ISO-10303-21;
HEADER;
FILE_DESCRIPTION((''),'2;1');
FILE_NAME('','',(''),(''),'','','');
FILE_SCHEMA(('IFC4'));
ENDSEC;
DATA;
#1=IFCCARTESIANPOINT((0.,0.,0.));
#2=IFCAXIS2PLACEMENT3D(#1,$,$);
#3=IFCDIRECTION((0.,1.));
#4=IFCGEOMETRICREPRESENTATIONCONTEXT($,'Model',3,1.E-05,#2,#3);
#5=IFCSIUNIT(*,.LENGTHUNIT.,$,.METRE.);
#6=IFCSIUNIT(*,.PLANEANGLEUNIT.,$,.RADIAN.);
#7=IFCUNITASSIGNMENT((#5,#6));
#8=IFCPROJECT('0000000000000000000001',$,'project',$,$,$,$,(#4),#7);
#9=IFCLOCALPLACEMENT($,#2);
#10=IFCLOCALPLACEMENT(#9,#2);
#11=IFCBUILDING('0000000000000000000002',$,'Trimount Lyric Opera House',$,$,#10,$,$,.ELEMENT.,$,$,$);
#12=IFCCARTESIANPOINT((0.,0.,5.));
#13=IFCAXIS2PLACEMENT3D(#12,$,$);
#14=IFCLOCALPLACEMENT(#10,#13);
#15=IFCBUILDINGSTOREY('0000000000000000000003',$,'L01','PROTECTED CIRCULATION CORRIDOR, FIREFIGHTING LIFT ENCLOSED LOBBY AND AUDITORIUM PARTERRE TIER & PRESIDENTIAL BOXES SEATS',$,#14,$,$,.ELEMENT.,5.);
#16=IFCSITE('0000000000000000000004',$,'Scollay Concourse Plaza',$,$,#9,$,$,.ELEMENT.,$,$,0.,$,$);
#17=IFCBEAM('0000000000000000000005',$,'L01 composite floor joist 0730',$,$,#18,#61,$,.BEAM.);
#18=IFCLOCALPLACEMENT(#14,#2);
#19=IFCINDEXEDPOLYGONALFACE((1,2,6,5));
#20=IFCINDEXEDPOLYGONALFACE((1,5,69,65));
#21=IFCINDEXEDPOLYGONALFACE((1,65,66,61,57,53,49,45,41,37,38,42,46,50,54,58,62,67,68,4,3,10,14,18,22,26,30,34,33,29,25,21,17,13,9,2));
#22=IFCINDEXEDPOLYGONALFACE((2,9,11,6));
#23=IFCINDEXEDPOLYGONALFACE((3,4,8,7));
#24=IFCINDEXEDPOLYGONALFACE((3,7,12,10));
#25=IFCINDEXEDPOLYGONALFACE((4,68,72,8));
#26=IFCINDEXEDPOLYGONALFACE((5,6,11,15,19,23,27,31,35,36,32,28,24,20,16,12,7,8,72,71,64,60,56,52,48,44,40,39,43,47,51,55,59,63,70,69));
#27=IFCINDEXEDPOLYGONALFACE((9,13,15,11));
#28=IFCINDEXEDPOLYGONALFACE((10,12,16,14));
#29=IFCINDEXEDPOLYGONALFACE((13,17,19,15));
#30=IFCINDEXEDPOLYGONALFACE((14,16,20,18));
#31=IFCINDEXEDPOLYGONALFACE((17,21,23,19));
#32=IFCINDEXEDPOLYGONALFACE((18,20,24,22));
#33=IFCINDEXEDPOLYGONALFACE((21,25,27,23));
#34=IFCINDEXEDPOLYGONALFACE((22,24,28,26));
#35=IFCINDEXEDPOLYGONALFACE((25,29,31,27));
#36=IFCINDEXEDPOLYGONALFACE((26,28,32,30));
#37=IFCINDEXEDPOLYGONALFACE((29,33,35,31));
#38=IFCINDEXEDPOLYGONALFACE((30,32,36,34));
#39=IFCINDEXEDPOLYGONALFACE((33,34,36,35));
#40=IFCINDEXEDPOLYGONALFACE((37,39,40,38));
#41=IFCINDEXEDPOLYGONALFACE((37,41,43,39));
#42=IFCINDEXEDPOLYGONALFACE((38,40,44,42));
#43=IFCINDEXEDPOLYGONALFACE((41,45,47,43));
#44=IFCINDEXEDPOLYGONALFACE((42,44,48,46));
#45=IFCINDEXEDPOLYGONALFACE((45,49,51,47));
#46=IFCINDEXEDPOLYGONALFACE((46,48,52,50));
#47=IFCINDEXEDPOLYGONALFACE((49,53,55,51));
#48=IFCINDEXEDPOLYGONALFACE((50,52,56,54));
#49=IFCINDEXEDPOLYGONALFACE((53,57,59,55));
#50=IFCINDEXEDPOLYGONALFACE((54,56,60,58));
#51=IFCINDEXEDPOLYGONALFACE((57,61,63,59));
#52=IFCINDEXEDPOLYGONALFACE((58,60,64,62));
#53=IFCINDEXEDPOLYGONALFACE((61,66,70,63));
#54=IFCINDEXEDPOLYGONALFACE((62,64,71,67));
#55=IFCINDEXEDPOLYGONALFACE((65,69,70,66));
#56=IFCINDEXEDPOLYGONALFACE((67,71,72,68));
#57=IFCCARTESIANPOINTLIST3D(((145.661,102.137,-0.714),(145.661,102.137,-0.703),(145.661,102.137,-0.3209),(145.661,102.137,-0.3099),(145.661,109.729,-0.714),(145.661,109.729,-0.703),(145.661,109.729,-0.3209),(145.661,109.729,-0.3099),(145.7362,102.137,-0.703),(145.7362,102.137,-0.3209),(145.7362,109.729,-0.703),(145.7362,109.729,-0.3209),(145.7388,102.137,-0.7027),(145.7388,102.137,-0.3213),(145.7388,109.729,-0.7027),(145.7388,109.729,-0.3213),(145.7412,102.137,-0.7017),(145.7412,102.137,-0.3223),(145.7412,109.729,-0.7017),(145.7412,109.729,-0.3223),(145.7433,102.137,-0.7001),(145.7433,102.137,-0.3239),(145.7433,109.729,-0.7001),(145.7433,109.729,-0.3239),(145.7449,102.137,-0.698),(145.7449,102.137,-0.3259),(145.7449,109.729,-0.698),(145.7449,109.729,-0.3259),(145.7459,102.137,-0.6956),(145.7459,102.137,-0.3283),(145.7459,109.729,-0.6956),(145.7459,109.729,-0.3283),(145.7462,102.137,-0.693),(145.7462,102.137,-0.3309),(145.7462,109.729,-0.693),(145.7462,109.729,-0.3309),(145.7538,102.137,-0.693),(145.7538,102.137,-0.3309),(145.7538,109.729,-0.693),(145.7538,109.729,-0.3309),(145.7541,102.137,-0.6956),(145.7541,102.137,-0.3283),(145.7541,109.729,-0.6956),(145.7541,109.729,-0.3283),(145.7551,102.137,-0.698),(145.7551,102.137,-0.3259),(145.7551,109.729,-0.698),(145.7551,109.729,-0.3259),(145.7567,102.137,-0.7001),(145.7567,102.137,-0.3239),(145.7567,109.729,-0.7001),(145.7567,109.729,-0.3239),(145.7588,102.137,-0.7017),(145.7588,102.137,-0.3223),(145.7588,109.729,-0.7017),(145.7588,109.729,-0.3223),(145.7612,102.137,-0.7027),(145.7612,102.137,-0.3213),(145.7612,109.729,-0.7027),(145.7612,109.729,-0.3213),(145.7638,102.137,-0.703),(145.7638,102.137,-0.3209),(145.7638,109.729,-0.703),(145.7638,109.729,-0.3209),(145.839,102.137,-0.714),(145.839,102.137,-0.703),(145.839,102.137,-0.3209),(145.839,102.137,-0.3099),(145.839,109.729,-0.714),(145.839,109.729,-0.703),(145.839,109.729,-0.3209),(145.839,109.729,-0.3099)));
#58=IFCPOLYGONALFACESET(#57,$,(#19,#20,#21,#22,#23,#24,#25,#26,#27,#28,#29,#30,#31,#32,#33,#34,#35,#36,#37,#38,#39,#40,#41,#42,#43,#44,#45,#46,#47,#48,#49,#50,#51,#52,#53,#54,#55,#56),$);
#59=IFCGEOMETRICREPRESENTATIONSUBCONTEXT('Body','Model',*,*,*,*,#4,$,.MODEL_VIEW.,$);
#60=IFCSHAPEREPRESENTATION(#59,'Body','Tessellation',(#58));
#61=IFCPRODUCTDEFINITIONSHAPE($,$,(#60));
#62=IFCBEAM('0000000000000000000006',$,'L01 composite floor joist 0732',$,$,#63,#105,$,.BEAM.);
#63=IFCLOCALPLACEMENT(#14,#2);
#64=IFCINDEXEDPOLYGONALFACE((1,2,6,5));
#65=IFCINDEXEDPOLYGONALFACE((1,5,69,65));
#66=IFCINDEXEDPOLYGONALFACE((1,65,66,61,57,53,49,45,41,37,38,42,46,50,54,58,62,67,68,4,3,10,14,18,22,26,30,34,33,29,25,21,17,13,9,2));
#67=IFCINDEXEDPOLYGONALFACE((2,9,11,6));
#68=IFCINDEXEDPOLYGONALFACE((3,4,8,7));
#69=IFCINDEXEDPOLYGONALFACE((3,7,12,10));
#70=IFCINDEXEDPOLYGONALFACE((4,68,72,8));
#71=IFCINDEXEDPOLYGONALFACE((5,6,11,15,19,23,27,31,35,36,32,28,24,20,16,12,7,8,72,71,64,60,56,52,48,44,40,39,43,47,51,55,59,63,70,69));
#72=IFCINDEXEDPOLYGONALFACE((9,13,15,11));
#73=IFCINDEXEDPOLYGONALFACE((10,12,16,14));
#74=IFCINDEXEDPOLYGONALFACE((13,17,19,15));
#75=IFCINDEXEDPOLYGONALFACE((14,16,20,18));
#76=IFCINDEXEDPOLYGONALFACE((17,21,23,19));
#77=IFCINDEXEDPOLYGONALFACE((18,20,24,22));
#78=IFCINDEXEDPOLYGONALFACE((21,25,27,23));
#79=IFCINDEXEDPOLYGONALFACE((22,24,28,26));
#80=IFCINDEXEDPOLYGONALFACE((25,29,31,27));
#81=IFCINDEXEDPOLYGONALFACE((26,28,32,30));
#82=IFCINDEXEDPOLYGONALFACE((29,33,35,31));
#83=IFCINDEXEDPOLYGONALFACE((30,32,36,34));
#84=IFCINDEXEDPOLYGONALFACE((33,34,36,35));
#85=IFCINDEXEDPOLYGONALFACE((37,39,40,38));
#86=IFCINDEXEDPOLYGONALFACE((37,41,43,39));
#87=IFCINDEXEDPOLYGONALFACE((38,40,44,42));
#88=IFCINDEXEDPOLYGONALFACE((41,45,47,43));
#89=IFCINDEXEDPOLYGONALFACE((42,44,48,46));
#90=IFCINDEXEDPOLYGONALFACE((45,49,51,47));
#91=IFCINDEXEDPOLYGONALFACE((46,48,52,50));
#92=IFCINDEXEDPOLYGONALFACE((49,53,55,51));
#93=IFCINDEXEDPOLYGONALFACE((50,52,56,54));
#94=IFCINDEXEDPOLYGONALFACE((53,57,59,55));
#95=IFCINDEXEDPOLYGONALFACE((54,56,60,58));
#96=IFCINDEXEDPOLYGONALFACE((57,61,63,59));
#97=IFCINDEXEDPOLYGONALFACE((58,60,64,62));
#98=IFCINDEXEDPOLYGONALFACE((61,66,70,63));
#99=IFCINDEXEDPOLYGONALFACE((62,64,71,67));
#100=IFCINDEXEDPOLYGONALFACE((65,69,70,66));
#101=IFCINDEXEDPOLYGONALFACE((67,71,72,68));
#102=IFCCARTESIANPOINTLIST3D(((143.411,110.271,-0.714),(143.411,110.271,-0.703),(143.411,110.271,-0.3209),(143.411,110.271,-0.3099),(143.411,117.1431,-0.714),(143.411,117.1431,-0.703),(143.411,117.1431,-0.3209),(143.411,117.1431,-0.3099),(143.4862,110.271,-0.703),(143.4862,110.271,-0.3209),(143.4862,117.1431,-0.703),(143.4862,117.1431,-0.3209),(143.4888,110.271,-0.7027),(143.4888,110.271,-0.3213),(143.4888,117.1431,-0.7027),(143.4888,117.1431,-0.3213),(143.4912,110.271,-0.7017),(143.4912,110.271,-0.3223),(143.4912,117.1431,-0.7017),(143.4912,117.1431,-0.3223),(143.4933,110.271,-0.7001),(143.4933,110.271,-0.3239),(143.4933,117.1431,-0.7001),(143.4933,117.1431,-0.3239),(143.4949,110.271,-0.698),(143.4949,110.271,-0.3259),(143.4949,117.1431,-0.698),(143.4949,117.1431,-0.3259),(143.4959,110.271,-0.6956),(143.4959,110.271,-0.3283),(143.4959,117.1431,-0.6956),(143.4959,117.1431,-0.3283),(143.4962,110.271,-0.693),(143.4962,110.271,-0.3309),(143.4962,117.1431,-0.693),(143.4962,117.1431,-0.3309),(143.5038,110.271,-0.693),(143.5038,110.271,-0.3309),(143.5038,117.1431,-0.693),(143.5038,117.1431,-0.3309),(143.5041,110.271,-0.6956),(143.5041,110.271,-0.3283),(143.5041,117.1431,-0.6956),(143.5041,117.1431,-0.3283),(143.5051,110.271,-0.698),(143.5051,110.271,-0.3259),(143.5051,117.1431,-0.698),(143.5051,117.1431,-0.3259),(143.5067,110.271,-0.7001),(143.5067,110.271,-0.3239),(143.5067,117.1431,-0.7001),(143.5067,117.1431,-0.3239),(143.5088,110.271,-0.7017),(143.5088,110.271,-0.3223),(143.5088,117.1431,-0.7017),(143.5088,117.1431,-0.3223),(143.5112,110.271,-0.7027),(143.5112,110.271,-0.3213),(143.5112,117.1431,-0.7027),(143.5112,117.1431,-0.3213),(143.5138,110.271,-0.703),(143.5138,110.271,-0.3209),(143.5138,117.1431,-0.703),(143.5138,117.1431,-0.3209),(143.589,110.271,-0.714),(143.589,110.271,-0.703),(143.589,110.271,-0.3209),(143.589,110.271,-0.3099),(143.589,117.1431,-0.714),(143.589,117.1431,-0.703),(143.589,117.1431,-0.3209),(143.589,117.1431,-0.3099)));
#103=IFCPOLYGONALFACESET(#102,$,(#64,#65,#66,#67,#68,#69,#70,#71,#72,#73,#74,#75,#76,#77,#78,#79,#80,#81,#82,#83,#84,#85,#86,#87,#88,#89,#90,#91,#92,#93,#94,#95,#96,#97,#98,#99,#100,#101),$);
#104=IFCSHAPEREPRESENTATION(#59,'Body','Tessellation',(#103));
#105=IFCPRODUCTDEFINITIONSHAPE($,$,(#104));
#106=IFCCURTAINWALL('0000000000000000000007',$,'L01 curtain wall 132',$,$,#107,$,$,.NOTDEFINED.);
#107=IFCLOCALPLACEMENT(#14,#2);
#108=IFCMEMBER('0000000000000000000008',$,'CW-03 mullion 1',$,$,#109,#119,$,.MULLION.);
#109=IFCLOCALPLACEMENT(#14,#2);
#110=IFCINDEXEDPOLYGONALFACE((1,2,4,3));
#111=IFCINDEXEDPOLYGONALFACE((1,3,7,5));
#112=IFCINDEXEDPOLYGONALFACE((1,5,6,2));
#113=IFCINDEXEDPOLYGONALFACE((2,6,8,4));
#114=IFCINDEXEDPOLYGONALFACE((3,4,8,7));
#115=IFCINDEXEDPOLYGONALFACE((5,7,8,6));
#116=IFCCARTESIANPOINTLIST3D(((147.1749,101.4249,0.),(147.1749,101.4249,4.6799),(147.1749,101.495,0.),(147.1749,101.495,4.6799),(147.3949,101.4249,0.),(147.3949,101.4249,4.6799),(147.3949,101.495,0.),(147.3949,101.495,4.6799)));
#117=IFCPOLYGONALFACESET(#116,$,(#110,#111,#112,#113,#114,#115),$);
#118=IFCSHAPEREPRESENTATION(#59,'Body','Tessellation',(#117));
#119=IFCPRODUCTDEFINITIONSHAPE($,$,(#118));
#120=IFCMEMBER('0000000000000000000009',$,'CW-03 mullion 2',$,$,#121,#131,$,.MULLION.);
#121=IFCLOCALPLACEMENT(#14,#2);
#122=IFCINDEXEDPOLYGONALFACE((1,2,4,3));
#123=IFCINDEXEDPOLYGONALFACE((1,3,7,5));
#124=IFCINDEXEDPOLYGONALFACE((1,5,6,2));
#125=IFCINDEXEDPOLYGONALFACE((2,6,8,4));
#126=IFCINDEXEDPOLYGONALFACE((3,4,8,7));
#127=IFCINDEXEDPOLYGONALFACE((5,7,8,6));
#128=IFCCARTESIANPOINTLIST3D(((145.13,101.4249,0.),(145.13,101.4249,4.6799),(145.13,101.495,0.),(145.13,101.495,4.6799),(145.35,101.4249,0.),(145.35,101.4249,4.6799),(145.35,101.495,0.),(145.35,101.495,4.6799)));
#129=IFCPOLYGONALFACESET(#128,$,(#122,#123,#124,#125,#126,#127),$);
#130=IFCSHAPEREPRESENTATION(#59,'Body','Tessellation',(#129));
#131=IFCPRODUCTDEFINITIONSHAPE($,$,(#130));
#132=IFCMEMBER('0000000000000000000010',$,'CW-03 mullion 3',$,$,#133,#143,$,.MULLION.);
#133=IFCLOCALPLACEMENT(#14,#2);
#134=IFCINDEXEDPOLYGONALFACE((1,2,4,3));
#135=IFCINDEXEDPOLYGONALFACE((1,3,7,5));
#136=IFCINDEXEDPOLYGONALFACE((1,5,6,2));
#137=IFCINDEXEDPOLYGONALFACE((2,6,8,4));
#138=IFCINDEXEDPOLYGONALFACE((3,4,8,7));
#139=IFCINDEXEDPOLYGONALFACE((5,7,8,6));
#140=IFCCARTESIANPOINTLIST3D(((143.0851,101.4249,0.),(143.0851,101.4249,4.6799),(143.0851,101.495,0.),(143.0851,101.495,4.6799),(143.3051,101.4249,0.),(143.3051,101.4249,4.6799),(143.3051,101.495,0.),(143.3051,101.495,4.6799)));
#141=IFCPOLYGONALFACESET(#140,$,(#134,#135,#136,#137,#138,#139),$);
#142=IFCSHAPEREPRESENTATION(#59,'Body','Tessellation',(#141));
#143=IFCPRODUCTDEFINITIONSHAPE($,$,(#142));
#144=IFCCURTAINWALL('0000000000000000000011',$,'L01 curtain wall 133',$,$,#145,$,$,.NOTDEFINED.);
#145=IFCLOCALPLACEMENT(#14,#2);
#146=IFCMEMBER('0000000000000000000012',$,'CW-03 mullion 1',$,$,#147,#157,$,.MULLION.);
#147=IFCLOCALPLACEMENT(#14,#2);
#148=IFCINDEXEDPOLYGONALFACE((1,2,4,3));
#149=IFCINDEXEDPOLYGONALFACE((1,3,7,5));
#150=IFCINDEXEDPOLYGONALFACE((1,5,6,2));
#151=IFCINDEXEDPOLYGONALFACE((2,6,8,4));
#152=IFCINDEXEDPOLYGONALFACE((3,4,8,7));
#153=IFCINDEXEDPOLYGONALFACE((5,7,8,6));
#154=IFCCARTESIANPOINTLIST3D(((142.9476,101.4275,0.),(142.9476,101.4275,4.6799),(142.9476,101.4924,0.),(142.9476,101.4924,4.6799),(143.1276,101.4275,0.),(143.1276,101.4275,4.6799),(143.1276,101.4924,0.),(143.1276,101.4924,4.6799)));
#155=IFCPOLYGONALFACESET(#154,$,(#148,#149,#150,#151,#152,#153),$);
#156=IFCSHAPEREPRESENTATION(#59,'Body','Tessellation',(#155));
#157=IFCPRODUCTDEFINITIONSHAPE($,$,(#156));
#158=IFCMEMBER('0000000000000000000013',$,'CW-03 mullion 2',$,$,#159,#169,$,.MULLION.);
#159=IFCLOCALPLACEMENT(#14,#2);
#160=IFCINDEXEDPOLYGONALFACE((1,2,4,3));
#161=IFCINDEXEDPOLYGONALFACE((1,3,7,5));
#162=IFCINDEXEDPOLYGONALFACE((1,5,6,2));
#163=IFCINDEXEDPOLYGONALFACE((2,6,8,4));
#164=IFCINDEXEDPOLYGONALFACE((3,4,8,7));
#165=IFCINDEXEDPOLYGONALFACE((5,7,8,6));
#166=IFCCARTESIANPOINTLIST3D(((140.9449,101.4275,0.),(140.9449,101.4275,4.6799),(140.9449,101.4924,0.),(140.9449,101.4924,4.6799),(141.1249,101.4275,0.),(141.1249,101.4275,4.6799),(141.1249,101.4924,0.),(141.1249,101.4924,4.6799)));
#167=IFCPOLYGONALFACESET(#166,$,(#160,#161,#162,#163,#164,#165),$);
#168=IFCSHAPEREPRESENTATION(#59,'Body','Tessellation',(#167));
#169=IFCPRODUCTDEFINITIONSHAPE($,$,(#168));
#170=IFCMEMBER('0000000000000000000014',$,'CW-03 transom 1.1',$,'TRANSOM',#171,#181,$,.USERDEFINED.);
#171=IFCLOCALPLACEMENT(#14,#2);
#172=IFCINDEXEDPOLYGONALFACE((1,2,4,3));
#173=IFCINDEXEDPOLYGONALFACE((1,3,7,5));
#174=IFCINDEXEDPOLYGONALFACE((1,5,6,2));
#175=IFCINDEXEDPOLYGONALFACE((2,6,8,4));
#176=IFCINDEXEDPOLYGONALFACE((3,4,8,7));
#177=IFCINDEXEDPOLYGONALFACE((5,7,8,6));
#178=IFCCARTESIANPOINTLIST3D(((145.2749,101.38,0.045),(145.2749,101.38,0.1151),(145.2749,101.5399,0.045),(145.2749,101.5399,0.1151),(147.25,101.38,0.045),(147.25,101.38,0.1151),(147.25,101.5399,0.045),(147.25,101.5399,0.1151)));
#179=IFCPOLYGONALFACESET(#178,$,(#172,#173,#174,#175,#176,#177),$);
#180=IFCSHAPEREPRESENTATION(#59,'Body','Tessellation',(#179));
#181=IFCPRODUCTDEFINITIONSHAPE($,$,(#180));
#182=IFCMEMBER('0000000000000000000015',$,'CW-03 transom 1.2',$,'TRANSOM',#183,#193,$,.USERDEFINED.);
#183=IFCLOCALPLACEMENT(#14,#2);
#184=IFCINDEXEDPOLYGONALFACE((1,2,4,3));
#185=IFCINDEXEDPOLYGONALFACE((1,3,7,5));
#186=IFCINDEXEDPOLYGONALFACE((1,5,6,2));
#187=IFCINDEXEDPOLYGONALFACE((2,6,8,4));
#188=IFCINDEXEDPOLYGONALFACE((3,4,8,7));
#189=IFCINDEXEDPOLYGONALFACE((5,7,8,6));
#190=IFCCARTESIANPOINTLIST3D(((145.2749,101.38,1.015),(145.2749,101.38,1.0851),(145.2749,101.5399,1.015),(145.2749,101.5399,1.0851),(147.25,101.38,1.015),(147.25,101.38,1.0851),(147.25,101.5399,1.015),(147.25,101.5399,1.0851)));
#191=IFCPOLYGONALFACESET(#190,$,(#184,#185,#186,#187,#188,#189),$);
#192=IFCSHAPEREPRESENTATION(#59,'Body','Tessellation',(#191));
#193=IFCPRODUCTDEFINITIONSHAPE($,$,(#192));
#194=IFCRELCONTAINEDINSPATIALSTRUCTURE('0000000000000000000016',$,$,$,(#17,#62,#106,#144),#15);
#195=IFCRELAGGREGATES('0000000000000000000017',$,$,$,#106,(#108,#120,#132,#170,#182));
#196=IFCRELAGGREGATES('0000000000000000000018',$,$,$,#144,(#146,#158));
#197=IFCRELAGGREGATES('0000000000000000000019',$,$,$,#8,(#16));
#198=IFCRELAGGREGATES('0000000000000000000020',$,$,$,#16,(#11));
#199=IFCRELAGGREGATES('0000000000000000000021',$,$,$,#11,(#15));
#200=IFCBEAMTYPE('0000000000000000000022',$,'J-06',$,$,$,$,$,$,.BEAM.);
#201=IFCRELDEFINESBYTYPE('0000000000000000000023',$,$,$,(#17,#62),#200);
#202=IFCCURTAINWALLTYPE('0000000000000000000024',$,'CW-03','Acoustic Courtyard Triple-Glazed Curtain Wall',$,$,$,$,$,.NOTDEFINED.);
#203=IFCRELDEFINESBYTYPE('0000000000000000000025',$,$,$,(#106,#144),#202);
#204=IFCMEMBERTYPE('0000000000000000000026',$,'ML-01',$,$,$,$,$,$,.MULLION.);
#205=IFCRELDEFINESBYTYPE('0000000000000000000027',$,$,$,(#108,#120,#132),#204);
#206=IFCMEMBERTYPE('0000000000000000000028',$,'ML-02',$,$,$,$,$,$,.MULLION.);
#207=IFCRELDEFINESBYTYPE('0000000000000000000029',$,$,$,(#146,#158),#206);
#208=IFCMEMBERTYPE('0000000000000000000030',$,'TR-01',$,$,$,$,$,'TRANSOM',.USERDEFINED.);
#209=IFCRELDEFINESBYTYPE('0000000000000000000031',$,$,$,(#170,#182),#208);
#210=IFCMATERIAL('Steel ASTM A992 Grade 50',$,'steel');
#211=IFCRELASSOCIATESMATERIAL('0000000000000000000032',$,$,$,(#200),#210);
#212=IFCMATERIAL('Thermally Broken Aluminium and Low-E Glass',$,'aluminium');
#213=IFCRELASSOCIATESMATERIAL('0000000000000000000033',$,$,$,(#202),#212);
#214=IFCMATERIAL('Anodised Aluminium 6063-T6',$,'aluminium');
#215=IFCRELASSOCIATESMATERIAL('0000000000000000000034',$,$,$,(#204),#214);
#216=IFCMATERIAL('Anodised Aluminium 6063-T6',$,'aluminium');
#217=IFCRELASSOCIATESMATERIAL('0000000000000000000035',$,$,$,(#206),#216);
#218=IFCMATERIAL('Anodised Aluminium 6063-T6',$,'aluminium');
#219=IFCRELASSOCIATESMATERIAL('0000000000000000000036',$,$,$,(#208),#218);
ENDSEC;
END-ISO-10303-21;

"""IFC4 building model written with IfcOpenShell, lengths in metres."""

from ifc_helpers import new_model, si_unit, direction, frame, origin, origin_2d, place, context, subcontext, project, spatial, rectangle, i_section, extrude, material, material_profile, profile_set, type_object, element, aggregate, save


model = new_model("IFC4")

# Units and contexts
model_context = context("Model", 3, precision=1e-05, world=origin(), true_north=direction((0.0, 1.0)))
body_context = subcontext(model_context, "Body", "Model", "MODEL_VIEW")
ifc_project = project(units=[si_unit("LENGTHUNIT", "METRE"), si_unit("PLANEANGLEUNIT", "RADIAN")], contexts=[model_context])

# Site, building, storey
site_placement = place(None, origin())
site = spatial("IfcSite", under=ifc_project, at=site_placement, Name="Scollay Concourse Plaza", CompositionType="ELEMENT", RefElevation=0.0)
building_placement = place(site_placement, origin())
building = spatial("IfcBuilding", under=site, at=building_placement, Name="Trimount Lyric Opera House", CompositionType="ELEMENT")
storey_placement = place(building_placement, frame((0.0, 0.0, 5.0)))
storey = spatial("IfcBuildingStorey", under=building, at=storey_placement, Name="L01", Description="PROTECTED CIRCULATION CORRIDOR, FIREFIGHTING LIFT ENCLOSED LOBBY AND AUDITORIUM PARTERRE TIER & PRESIDENTIAL BOXES SEATS", CompositionType="ELEMENT", Elevation=5.0)

# Beams
ifc_material_1 = material(Name="Steel ASTM A992 Grade 50", Category="steel")
ifc_material_profile_1 = material_profile(ifc_material_1, i_section(OverallWidth=0.178, OverallDepth=0.4041, WebThickness=0.0076, FlangeThickness=0.011, FilletRadius=0.01, at=origin_2d()), Name="W16X36")
ifc_profile_set_1 = profile_set([ifc_material_profile_1], Name="Steel ASTM A992 Grade 50")
beam_type_1 = type_object("IfcBeamType", Name="J-06", PredefinedType="BEAM", material=ifc_profile_set_1)
beam_1_placement = place(storey_placement, frame((145.75, 102.137, -0.512), z_axis=(0.0, 1.0, 0.0), x_axis=(-1.0, 0.0, 0.0)))
element("IfcBeam", 1, at=beam_1_placement, inside=storey, type_object=beam_type_1, Name="L01 composite floor joist 0730", PredefinedType="BEAM", context=body_context, shape_type="SweptSolid", body=[
    extrude(i_section(OverallWidth=0.178, OverallDepth=0.4041, WebThickness=0.0076, FlangeThickness=0.011, FilletRadius=0.01, at=origin_2d()), origin(), (0.0, 0.0, 1.0), 7.592),
])
beam_2_placement = place(storey_placement, frame((143.5, 110.271, -0.512), z_axis=(0.0, 1.0, 0.0), x_axis=(-1.0, 0.0, 0.0)))
element("IfcBeam", 2, at=beam_2_placement, inside=storey, type_object=beam_type_1, Name="L01 composite floor joist 0732", PredefinedType="BEAM", context=body_context, shape_type="SweptSolid", body=[
    extrude(i_section(OverallWidth=0.178, OverallDepth=0.4041, WebThickness=0.0076, FlangeThickness=0.011, FilletRadius=0.01, at=origin_2d()), origin(), (0.0, 0.0, 1.0), 6.8721),
])

# Curtain walls, members
ifc_material_2 = material(Name="Thermally Broken Aluminium and Low-E Glass", Category="aluminium")
curtain_wall_type = type_object("IfcCurtainWallType", Name="CW-03", Description="Acoustic Courtyard Triple-Glazed Curtain Wall", PredefinedType="NOTDEFINED", material=ifc_material_2)
curtain_wall_1_placement = place(storey_placement, origin())
curtain_wall_1 = element("IfcCurtainWall", 3, at=curtain_wall_1_placement, inside=storey, type_object=curtain_wall_type, Name="L01 curtain wall 132", PredefinedType="NOTDEFINED")
ifc_material_3 = material(Name="Anodised Aluminium 6063-T6", Category="aluminium")
ifc_material_profile_2 = material_profile(ifc_material_3, rectangle(XDim=0.0701, YDim=0.22, at=origin_2d()), Name="ALU-MULL-70X220")
ifc_profile_set_2 = profile_set([ifc_material_profile_2], Name="Anodised Aluminium 6063-T6")
member_type_1 = type_object("IfcMemberType", Name="ML-01", PredefinedType="MULLION", material=ifc_profile_set_2)
member_1_placement = place(storey_placement, frame((147.2849, 101.46, 0.0), z_axis=(0.0, 0.0, 1.0), x_axis=(0.0, -1.0, 0.0)))
member_1 = element("IfcMember", 4, at=member_1_placement, type_object=member_type_1, Name="CW-03 mullion 1", PredefinedType="MULLION", context=body_context, shape_type="SweptSolid", body=[
    extrude(rectangle(XDim=0.0701, YDim=0.22, at=origin_2d()), origin(), (0.0, 0.0, 1.0), 4.6799),
])
member_2_placement = place(storey_placement, frame((145.24, 101.46, 0.0), z_axis=(0.0, 0.0, 1.0), x_axis=(0.0, -1.0, 0.0)))
member_2 = element("IfcMember", 5, at=member_2_placement, type_object=member_type_1, Name="CW-03 mullion 2", PredefinedType="MULLION", context=body_context, shape_type="SweptSolid", body=[
    extrude(rectangle(XDim=0.0701, YDim=0.22, at=origin_2d()), origin(), (0.0, 0.0, 1.0), 4.6799),
])
member_3_placement = place(storey_placement, frame((143.1951, 101.46, 0.0), z_axis=(0.0, 0.0, 1.0), x_axis=(0.0, -1.0, 0.0)))
member_3 = element("IfcMember", 6, at=member_3_placement, type_object=member_type_1, Name="CW-03 mullion 3", PredefinedType="MULLION", context=body_context, shape_type="SweptSolid", body=[
    extrude(rectangle(XDim=0.0701, YDim=0.22, at=origin_2d()), origin(), (0.0, 0.0, 1.0), 4.6799),
])
curtain_wall_2_placement = place(storey_placement, origin())
curtain_wall_2 = element("IfcCurtainWall", 7, at=curtain_wall_2_placement, inside=storey, type_object=curtain_wall_type, Name="L01 curtain wall 133", PredefinedType="NOTDEFINED")
ifc_material_4 = material(Name="Anodised Aluminium 6063-T6", Category="aluminium")
ifc_material_profile_3 = material_profile(ifc_material_4, rectangle(XDim=0.0649, YDim=0.1799, at=origin_2d()), Name="ALU-MULL-65X180")
ifc_profile_set_3 = profile_set([ifc_material_profile_3], Name="Anodised Aluminium 6063-T6")
member_type_2 = type_object("IfcMemberType", Name="ML-02", PredefinedType="MULLION", material=ifc_profile_set_3)
member_4_placement = place(storey_placement, frame((143.0376, 101.46, 0.0), z_axis=(0.0, 0.0, 1.0), x_axis=(0.0, -1.0, 0.0)))
member_4 = element("IfcMember", 8, at=member_4_placement, type_object=member_type_2, Name="CW-03 mullion 1", PredefinedType="MULLION", context=body_context, shape_type="SweptSolid", body=[
    extrude(rectangle(XDim=0.0649, YDim=0.1799, at=origin_2d()), origin(), (0.0, 0.0, 1.0), 4.6799),
])
member_5_placement = place(storey_placement, frame((141.0349, 101.46, 0.0), z_axis=(0.0, 0.0, 1.0), x_axis=(0.0, -1.0, 0.0)))
member_5 = element("IfcMember", 9, at=member_5_placement, type_object=member_type_2, Name="CW-03 mullion 2", PredefinedType="MULLION", context=body_context, shape_type="SweptSolid", body=[
    extrude(rectangle(XDim=0.0649, YDim=0.1799, at=origin_2d()), origin(), (0.0, 0.0, 1.0), 4.6799),
])

# Members
ifc_material_5 = material(Name="Anodised Aluminium 6063-T6", Category="aluminium")
ifc_material_profile_4 = material_profile(ifc_material_5, rectangle(XDim=0.1599, YDim=0.0701, at=origin_2d()), Name="ALU-TRAN-70X160")
ifc_profile_set_4 = profile_set([ifc_material_profile_4], Name="Anodised Aluminium 6063-T6")
member_type_3 = type_object("IfcMemberType", Name="TR-01", ElementType="TRANSOM", PredefinedType="USERDEFINED", material=ifc_profile_set_4)
member_6_placement = place(storey_placement, frame((147.25, 101.46, 0.0801), z_axis=(-1.0, 0.0, 0.0), x_axis=(0.0, -1.0, 0.0)))
member_6 = element("IfcMember", 10, at=member_6_placement, type_object=member_type_3, Name="CW-03 transom 1.1", ObjectType="TRANSOM", PredefinedType="USERDEFINED", context=body_context, shape_type="SweptSolid", body=[
    extrude(rectangle(XDim=0.1599, YDim=0.0701, at=origin_2d()), origin(), (0.0, 0.0, 1.0), 1.9751),
])
member_7_placement = place(storey_placement, frame((147.25, 101.46, 1.05), z_axis=(-1.0, 0.0, 0.0), x_axis=(0.0, -1.0, 0.0)))
member_7 = element("IfcMember", 11, at=member_7_placement, type_object=member_type_3, Name="CW-03 transom 1.2", ObjectType="TRANSOM", PredefinedType="USERDEFINED", context=body_context, shape_type="SweptSolid", body=[
    extrude(rectangle(XDim=0.1599, YDim=0.0701, at=origin_2d()), origin(), (0.0, 0.0, 1.0), 1.9751),
])

aggregate(curtain_wall_1, [member_1, member_2, member_3, member_6, member_7])
aggregate(curtain_wall_2, [member_4, member_5])

save(model, "model.ifc")
